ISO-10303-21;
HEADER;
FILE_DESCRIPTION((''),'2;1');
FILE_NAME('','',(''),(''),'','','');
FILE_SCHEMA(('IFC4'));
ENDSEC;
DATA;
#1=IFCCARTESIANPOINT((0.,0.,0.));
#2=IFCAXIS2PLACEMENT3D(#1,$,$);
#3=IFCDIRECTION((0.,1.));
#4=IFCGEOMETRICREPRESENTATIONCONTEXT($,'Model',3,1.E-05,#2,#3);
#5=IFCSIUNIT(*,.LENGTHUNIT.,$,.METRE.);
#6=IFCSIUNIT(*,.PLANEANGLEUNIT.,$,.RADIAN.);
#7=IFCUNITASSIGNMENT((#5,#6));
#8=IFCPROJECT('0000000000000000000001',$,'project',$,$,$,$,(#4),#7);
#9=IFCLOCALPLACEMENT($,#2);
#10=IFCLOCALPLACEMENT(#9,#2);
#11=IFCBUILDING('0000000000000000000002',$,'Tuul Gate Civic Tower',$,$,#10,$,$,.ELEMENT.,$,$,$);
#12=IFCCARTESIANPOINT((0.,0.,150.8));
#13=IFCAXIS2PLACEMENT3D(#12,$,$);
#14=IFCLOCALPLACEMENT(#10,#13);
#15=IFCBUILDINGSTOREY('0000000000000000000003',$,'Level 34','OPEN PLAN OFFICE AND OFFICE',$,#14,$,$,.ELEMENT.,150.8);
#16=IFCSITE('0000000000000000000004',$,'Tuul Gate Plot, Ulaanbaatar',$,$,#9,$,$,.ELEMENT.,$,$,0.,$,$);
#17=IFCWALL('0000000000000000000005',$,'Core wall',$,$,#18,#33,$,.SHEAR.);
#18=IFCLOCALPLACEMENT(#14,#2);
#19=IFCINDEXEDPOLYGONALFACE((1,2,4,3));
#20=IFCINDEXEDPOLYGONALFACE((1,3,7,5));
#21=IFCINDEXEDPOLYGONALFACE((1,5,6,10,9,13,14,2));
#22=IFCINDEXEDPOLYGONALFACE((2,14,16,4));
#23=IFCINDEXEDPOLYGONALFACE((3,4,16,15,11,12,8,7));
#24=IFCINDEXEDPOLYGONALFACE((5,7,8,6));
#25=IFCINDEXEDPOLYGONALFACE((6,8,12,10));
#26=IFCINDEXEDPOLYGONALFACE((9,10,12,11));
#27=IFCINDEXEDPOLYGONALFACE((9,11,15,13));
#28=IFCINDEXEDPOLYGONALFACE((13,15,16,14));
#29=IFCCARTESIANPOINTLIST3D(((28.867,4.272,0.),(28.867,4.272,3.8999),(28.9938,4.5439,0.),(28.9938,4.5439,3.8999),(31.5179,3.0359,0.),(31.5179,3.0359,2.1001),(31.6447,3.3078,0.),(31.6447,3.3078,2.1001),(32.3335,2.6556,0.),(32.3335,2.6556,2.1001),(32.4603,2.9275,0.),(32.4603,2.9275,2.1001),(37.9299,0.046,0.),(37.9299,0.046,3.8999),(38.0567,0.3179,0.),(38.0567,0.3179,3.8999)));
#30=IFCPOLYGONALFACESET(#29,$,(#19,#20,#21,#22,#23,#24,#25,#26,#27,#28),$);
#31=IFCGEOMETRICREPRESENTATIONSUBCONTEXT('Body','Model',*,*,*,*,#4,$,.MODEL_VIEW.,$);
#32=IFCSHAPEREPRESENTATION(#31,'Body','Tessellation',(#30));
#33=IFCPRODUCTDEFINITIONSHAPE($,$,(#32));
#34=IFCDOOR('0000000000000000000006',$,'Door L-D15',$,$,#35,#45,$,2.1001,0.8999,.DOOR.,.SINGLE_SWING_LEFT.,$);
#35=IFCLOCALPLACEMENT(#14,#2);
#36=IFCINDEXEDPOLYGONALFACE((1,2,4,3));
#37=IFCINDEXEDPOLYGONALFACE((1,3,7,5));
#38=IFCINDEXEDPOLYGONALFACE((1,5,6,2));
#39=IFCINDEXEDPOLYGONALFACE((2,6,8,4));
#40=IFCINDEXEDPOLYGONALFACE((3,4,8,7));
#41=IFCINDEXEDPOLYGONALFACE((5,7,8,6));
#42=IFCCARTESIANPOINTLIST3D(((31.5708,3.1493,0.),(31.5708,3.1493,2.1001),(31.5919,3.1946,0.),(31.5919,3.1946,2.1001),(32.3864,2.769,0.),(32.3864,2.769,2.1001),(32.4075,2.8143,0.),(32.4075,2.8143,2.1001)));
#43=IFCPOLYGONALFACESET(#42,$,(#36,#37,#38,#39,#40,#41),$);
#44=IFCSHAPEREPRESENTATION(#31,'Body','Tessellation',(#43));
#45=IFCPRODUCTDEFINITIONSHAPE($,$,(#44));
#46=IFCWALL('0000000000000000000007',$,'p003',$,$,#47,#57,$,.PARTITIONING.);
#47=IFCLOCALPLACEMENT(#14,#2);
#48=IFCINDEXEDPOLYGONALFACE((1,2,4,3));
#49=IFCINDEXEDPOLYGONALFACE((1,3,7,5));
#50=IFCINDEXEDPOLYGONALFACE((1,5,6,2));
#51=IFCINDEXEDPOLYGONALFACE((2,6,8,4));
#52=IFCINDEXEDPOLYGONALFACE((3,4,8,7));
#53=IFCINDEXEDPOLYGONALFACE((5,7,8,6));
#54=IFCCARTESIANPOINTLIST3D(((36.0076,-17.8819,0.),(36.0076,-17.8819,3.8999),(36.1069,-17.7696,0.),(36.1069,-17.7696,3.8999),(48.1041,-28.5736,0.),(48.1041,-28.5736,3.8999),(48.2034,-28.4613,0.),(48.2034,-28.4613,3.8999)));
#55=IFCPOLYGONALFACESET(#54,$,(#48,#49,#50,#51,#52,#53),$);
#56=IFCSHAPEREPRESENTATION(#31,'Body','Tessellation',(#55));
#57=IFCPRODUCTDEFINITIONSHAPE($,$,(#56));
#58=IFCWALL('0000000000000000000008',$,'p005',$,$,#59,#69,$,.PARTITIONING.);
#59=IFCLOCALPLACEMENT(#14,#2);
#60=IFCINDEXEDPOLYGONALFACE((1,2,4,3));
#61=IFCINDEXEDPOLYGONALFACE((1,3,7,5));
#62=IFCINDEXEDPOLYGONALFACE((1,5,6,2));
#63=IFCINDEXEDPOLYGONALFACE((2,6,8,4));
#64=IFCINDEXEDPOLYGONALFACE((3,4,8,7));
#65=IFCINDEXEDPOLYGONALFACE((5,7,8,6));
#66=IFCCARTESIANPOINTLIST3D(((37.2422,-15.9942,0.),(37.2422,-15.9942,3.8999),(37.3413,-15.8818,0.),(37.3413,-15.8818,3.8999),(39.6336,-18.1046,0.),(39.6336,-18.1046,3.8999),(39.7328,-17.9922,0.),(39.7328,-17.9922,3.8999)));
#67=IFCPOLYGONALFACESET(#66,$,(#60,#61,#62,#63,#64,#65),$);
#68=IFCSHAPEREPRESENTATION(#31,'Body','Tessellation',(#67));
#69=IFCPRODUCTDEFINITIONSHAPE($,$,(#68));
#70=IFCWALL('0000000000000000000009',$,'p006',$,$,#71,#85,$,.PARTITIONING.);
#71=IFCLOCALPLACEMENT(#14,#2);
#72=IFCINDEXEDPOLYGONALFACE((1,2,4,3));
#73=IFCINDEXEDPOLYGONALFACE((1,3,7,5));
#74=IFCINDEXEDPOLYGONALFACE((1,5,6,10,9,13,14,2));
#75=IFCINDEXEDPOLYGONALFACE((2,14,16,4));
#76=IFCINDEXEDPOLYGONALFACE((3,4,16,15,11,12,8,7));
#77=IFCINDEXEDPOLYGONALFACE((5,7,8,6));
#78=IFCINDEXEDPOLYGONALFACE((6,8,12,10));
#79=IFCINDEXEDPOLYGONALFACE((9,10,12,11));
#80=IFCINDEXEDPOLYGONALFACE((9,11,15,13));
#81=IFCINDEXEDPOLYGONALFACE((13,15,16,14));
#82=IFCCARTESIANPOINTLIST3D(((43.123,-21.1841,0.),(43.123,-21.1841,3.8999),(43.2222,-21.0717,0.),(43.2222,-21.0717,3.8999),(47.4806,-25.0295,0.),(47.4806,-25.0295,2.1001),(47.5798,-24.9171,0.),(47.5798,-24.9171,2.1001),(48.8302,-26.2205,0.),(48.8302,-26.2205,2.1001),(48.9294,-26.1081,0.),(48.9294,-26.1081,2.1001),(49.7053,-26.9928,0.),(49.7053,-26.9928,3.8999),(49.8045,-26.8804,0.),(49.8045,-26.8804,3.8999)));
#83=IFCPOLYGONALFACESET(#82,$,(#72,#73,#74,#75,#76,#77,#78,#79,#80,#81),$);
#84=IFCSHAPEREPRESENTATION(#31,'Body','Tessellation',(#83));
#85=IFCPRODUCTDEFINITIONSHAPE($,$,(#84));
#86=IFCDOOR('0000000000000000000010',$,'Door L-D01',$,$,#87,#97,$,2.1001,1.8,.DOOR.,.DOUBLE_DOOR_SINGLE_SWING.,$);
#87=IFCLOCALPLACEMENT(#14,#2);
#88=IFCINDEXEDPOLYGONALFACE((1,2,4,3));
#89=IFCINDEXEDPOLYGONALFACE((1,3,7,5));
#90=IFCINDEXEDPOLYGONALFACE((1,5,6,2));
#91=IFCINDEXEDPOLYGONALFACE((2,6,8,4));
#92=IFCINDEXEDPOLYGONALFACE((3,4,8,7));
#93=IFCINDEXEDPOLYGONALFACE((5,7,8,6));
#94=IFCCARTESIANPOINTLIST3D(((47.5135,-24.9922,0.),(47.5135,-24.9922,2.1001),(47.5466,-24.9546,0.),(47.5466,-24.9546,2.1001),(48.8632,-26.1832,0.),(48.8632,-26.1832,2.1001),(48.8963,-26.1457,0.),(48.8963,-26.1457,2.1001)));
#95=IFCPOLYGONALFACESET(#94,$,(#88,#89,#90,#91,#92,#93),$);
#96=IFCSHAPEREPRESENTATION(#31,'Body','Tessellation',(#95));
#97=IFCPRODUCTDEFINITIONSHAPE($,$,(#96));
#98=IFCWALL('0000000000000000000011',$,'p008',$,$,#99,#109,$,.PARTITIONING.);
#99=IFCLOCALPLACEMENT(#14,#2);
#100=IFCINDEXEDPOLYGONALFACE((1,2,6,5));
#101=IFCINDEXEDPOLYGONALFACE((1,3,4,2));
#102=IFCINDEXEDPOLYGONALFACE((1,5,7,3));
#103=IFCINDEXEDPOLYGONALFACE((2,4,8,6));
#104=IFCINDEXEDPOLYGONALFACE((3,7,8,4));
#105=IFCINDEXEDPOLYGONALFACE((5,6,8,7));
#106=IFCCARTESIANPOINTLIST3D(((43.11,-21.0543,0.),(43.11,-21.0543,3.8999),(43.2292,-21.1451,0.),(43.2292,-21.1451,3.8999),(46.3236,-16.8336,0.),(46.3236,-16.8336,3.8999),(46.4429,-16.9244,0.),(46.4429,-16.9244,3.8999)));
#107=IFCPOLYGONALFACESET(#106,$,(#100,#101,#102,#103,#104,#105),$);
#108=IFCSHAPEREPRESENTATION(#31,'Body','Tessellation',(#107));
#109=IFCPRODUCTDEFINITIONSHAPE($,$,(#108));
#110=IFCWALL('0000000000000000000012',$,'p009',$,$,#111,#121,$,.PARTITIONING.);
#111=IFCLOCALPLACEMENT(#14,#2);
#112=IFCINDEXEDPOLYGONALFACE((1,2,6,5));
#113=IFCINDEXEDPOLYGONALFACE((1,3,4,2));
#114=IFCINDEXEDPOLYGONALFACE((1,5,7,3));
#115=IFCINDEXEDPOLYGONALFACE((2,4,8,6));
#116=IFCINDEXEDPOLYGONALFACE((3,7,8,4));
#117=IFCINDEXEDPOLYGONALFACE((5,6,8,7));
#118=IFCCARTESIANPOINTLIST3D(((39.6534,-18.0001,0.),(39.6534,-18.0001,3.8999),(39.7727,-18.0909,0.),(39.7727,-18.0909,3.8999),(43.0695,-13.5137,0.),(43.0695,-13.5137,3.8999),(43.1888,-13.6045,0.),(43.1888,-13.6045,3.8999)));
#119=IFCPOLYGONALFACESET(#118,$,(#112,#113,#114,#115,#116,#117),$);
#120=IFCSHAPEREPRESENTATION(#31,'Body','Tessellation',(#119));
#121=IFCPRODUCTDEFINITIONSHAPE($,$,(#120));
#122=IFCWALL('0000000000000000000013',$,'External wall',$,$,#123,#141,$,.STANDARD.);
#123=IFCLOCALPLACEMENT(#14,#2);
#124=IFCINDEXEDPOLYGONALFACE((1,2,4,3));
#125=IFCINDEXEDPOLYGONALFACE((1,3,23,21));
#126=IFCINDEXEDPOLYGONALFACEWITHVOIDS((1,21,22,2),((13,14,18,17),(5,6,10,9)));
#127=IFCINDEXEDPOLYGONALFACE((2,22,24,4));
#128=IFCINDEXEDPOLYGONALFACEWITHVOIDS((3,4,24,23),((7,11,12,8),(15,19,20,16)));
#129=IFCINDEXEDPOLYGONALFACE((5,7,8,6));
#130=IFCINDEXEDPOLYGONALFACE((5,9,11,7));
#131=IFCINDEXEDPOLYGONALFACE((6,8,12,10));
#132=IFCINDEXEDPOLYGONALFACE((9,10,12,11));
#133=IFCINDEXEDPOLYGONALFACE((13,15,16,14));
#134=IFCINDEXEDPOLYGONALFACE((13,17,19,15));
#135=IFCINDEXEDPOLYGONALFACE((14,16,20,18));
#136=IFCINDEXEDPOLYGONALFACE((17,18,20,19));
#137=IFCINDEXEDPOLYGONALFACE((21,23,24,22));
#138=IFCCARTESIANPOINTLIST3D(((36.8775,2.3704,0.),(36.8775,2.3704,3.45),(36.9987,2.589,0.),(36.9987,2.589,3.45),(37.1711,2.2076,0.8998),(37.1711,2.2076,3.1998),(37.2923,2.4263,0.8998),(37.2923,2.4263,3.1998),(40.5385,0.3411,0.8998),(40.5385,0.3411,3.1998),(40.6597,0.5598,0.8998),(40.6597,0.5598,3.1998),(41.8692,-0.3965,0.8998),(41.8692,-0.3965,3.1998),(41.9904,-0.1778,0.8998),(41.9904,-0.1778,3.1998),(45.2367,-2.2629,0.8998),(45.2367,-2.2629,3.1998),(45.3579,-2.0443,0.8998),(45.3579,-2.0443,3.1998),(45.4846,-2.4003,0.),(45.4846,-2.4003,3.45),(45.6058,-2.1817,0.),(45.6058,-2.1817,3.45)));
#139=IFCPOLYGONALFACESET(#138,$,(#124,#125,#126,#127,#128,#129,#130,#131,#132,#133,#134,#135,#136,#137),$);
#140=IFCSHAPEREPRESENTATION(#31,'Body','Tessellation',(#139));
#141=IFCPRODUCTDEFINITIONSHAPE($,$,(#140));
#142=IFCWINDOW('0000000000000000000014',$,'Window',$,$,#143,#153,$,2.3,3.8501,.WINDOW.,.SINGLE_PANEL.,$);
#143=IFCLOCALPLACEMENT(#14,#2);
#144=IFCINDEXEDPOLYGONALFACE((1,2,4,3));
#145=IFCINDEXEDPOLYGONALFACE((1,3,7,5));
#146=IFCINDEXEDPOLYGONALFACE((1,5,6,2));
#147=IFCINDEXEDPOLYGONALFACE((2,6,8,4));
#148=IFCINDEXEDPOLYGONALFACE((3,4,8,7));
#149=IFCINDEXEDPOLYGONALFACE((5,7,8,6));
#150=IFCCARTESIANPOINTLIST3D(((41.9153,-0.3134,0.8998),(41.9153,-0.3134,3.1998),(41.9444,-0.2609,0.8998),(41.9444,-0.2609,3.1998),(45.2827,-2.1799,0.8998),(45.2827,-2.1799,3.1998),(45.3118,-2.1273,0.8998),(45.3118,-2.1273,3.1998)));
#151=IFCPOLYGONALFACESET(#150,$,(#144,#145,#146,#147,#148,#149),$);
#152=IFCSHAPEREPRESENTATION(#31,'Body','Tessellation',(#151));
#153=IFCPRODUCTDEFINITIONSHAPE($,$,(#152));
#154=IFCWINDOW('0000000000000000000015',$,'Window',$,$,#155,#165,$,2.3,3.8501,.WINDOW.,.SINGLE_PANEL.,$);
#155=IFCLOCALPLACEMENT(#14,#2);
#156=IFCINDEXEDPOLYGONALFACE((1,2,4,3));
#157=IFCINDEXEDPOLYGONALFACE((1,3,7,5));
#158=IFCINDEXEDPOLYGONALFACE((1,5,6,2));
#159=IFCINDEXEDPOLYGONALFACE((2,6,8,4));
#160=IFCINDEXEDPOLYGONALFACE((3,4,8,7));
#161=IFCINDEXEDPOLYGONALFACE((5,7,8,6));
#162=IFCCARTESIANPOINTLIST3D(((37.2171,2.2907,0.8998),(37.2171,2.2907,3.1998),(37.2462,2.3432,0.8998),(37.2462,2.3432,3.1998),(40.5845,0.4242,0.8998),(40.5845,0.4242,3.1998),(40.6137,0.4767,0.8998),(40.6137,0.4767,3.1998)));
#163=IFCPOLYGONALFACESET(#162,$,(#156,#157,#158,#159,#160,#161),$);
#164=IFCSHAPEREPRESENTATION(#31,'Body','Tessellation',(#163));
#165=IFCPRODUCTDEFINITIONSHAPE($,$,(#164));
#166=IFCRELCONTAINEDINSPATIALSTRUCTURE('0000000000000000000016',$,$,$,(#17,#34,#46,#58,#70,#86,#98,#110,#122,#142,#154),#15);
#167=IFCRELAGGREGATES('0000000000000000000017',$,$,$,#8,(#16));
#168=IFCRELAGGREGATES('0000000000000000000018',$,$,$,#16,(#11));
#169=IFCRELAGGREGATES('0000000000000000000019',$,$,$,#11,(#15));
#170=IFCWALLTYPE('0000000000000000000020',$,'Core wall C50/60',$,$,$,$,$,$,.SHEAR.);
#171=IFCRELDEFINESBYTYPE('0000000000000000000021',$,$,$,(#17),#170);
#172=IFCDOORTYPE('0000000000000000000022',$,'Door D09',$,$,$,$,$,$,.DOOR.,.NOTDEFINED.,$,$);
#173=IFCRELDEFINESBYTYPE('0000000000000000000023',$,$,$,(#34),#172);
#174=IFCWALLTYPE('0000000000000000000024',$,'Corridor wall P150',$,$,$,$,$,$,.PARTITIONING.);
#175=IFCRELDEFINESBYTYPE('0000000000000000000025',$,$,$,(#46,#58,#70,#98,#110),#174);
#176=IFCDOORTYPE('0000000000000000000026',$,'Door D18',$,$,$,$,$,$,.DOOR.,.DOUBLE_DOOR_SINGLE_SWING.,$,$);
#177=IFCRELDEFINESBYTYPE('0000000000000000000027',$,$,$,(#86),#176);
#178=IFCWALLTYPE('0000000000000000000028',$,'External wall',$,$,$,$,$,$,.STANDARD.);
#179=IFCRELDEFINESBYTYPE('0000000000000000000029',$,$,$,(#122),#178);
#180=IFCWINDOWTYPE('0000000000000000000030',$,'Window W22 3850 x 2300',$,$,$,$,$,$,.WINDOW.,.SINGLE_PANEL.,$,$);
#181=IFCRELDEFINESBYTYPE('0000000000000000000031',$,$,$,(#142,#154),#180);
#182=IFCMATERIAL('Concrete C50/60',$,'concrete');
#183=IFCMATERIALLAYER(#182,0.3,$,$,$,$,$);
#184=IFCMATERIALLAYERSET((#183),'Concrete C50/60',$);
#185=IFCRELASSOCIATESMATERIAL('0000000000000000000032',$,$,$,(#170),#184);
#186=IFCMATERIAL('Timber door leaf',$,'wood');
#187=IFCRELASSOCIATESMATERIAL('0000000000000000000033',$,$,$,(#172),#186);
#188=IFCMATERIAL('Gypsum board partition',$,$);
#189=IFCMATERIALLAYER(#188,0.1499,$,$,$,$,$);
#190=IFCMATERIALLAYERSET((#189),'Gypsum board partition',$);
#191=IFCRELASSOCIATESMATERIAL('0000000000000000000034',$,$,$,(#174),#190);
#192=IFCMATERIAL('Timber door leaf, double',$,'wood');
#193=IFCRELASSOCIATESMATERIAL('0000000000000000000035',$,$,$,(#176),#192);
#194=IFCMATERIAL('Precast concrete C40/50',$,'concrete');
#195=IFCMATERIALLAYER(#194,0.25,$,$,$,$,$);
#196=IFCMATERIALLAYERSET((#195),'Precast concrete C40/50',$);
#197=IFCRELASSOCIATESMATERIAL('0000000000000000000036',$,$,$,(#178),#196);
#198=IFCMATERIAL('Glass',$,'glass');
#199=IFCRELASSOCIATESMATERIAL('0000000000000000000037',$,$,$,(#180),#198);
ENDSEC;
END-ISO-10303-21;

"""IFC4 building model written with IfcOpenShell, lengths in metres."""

from ifc_helpers import new_model, si_unit, direction, frame, frame_2d, origin, place, context, subcontext, project, spatial, rectangle, extrude, material, layer, layer_set, type_object, element, fill, save


model = new_model("IFC4")

# Units and contexts
model_context = context("Model", 3, precision=1e-05, world=origin(), true_north=direction((0.0, 1.0)))
body_context = subcontext(model_context, "Body", "Model", "MODEL_VIEW")
ifc_project = project(units=[si_unit("LENGTHUNIT", "METRE"), si_unit("PLANEANGLEUNIT", "RADIAN")], contexts=[model_context])

# Site, building, storey
site_placement = place(None, origin())
site = spatial("IfcSite", under=ifc_project, at=site_placement, Name="Tuul Gate Plot, Ulaanbaatar", CompositionType="ELEMENT", RefElevation=0.0)
building_placement = place(site_placement, origin())
building = spatial("IfcBuilding", under=site, at=building_placement, Name="Tuul Gate Civic Tower", CompositionType="ELEMENT")
storey_placement = place(building_placement, frame((0.0, 0.0, 150.8)))
storey = spatial("IfcBuildingStorey", under=building, at=storey_placement, Name="Level 34", Description="OPEN PLAN OFFICE AND OFFICE", CompositionType="ELEMENT", Elevation=150.8)

# Shared definitions
ifc_material_1 = material(Name="Concrete C50/60", Category="concrete")
ifc_layer_1 = layer(ifc_material_1, 0.3)
ifc_layer_set_1 = layer_set([ifc_layer_1], Name="Concrete C50/60")
wall_type_1 = type_object("IfcWallType", Name="Core wall C50/60", PredefinedType="SHEAR", material=ifc_layer_set_1)

# Wall, opening, door
wall_1_placement = place(storey_placement, frame((37.9934, 0.1819, 0.0), z_axis=(0.0, 0.0, 1.0), x_axis=(-0.90631, 0.422613, 0.0)))
wall_1 = element("IfcWall", 1, at=wall_1_placement, inside=storey, type_object=wall_type_1, Name="Core wall", PredefinedType="SHEAR", context=body_context, shape_type="SweptSolid", body=[
    extrude(rectangle(XDim=9.9998, YDim=0.3, at=frame_2d((5.0, 0.0))), origin(), (0.0, 0.0, 1.0), 3.8999),
])
opening_1_placement = place(wall_1_placement, frame((6.175, 0.0, 0.0)))
opening_1 = element("IfcOpeningElement", 2, at=opening_1_placement, cuts=wall_1, PredefinedType="OPENING", context=body_context, shape_type="SweptSolid", body=[
    extrude(rectangle(XDim=0.8999, YDim=2.1001, at=frame_2d((0.45, 1.05))), frame((0.0, 0.1602, 0.0), z_axis=(0.0, -1.0, 0.0), x_axis=(1.0, 0.0, 0.0)), (0.0, 0.0, 1.0), 0.3201),
])
ifc_material_2 = material(Name="Timber door leaf", Category="wood")
door_type_1 = type_object("IfcDoorType", Name="Door D09", OperationType="NOTDEFINED", PredefinedType="DOOR", material=ifc_material_2)
door_1_placement = place(opening_1_placement, origin())
door_1 = element("IfcDoor", 3, at=door_1_placement, inside=storey, type_object=door_type_1, Name="Door L-D15", OperationType="SINGLE_SWING_LEFT", OverallHeight=2.1001, OverallWidth=0.8999, PredefinedType="DOOR", context=body_context, shape_type="SweptSolid", body=[
    extrude(rectangle(XDim=0.8999, YDim=2.1001, at=frame_2d((0.45, 1.05))), frame((0.0, 0.0249, 0.0), z_axis=(0.0, -1.0, 0.0), x_axis=(1.0, 0.0, 0.0)), (0.0, 0.0, 1.0), 0.05),
])
fill(opening_1, door_1)

# Walls
ifc_material_3 = material(Name="Gypsum board partition")
ifc_layer_2 = layer(ifc_material_3, 0.1499)
ifc_layer_set_2 = layer_set([ifc_layer_2], Name="Gypsum board partition")
wall_type_2 = type_object("IfcWallType", Name="Corridor wall P150", PredefinedType="PARTITIONING", material=ifc_layer_set_2)
wall_2_placement = place(storey_placement, frame((36.0571, -17.8257, 0.0), z_axis=(0.0, 0.0, 1.0), x_axis=(0.749274, -0.66226, 0.0)))
element("IfcWall", 4, at=wall_2_placement, inside=storey, type_object=wall_type_2, Name="p003", PredefinedType="PARTITIONING", context=body_context, shape_type="SweptSolid", body=[
    extrude(rectangle(XDim=16.1443, YDim=0.1499, at=frame_2d((8.0723, 0.0))), origin(), (0.0, 0.0, 1.0), 3.8999),
])
wall_3_placement = place(storey_placement, frame((37.2917, -15.938, 0.0), z_axis=(0.0, 0.0, 1.0), x_axis=(0.749786, -0.66168, 0.0)))
element("IfcWall", 5, at=wall_3_placement, inside=storey, type_object=wall_type_2, Name="p005", PredefinedType="PARTITIONING", context=body_context, shape_type="SweptSolid", body=[
    extrude(rectangle(XDim=3.1895, YDim=0.1499, at=frame_2d((1.5947, 0.0))), origin(), (0.0, 0.0, 1.0), 3.8999),
])

# Wall, opening, door
wall_4_placement = place(storey_placement, frame((43.1726, -21.1279, 0.0), z_axis=(0.0, 0.0, 1.0), x_axis=(0.749798, -0.661667, 0.0)))
wall_4 = element("IfcWall", 6, at=wall_4_placement, inside=storey, type_object=wall_type_2, Name="p006", PredefinedType="PARTITIONING", context=body_context, shape_type="SweptSolid", body=[
    extrude(rectangle(XDim=8.7788, YDim=0.1499, at=frame_2d((4.3894, 0.0))), origin(), (0.0, 0.0, 1.0), 3.8999),
])
opening_2_placement = place(wall_4_placement, frame((5.8118, 0.0, 0.0)))
opening_2 = element("IfcOpeningElement", 7, at=opening_2_placement, cuts=wall_4, PredefinedType="OPENING", context=body_context, shape_type="SweptSolid", body=[
    extrude(rectangle(XDim=1.8, YDim=2.1001, at=frame_2d((0.8999, 1.05))), frame((0.0, 0.085, 0.0), z_axis=(0.0, -1.0, 0.0), x_axis=(1.0, 0.0, 0.0)), (0.0, 0.0, 1.0), 0.1699),
])
ifc_material_4 = material(Name="Timber door leaf, double", Category="wood")
door_type_2 = type_object("IfcDoorType", Name="Door D18", OperationType="DOUBLE_DOOR_SINGLE_SWING", PredefinedType="DOOR", material=ifc_material_4)
door_2_placement = place(opening_2_placement, origin())
door_2 = element("IfcDoor", 8, at=door_2_placement, inside=storey, type_object=door_type_2, Name="Door L-D01", OperationType="DOUBLE_DOOR_SINGLE_SWING", OverallHeight=2.1001, OverallWidth=1.8, PredefinedType="DOOR", context=body_context, shape_type="SweptSolid", body=[
    extrude(rectangle(XDim=1.8, YDim=2.1001, at=frame_2d((0.8999, 1.05))), frame((0.0, 0.0249, 0.0), z_axis=(0.0, -1.0, 0.0), x_axis=(1.0, 0.0, 0.0)), (0.0, 0.0, 1.0), 0.05),
])
fill(opening_2, door_2)

# Walls
wall_5_placement = place(storey_placement, frame((43.1697, -21.0996, 0.0), z_axis=(0.0, 0.0, 1.0), x_axis=(0.605787, 0.795627, 0.0)))
element("IfcWall", 9, at=wall_5_placement, inside=storey, type_object=wall_type_2, Name="p008", PredefinedType="PARTITIONING", context=body_context, shape_type="SweptSolid", body=[
    extrude(rectangle(XDim=5.3049, YDim=0.1499, at=frame_2d((2.6523, 0.0))), origin(), (0.0, 0.0, 1.0), 3.8999),
])
wall_6_placement = place(storey_placement, frame((39.7131, -18.0454, 0.0), z_axis=(0.0, 0.0, 1.0), x_axis=(0.605803, 0.795615, 0.0)))
element("IfcWall", 10, at=wall_6_placement, inside=storey, type_object=wall_type_2, Name="p009", PredefinedType="PARTITIONING", context=body_context, shape_type="SweptSolid", body=[
    extrude(rectangle(XDim=5.6389, YDim=0.1499, at=frame_2d((2.8193, 0.0))), origin(), (0.0, 0.0, 1.0), 3.8999),
])

# Wall, openings, windows
ifc_material_5 = material(Name="Precast concrete C40/50", Category="concrete")
ifc_layer_3 = layer(ifc_material_5, 0.25)
ifc_layer_set_3 = layer_set([ifc_layer_3], Name="Precast concrete C40/50")
wall_type_3 = type_object("IfcWallType", Name="External wall", PredefinedType="STANDARD", material=ifc_layer_set_3)
wall_7_placement = place(storey_placement, frame((45.5452, -2.291, 0.0), z_axis=(0.0, 0.0, 1.0), x_axis=(-0.874632, 0.484787, 0.0)))
wall_7 = element("IfcWall", 11, at=wall_7_placement, inside=storey, type_object=wall_type_3, Name="External wall", PredefinedType="STANDARD", context=body_context, shape_type="SweptSolid", body=[
    extrude(rectangle(XDim=9.8408, YDim=0.25, at=frame_2d((4.9204, 0.0))), origin(), (0.0, 0.0, 1.0), 3.45),
])
opening_3_placement = place(wall_7_placement, frame((0.2834, 0.0, 0.8999)))
opening_3 = element("IfcOpeningElement", 12, at=opening_3_placement, cuts=wall_7, PredefinedType="OPENING", context=body_context, shape_type="SweptSolid", body=[
    extrude(rectangle(XDim=3.8501, YDim=2.3, at=frame_2d((1.925, 1.1499))), frame((0.0, 0.135, 0.0), z_axis=(0.0, -1.0, 0.0), x_axis=(1.0, 0.0, 0.0)), (0.0, 0.0, 1.0), 0.27),
])
opening_4_placement = place(wall_7_placement, frame((5.655, 0.0, 0.8999)))
opening_4 = element("IfcOpeningElement", 13, at=opening_4_placement, cuts=wall_7, PredefinedType="OPENING", context=body_context, shape_type="SweptSolid", body=[
    extrude(rectangle(XDim=3.8501, YDim=2.3, at=frame_2d((1.925, 1.1499))), frame((0.0, 0.135, 0.0), z_axis=(0.0, -1.0, 0.0), x_axis=(1.0, 0.0, 0.0)), (0.0, 0.0, 1.0), 0.27),
])
ifc_material_6 = material(Name="Glass", Category="glass")
window_type = type_object("IfcWindowType", Name="Window W22 3850 x 2300", PartitioningType="SINGLE_PANEL", PredefinedType="WINDOW", material=ifc_material_6)
window_1_placement = place(opening_3_placement, origin())
window_1 = element("IfcWindow", 14, at=window_1_placement, inside=storey, type_object=window_type, Name="Window", OverallHeight=2.3, OverallWidth=3.8501, PartitioningType="SINGLE_PANEL", PredefinedType="WINDOW", context=body_context, shape_type="SweptSolid", body=[
    extrude(rectangle(XDim=3.8501, YDim=2.3, at=frame_2d((1.925, 1.1499))), frame((0.0, 0.03, 0.0), z_axis=(0.0, -1.0, 0.0), x_axis=(1.0, 0.0, 0.0)), (0.0, 0.0, 1.0), 0.0601),
])
fill(opening_3, window_1)
window_2_placement = place(opening_4_placement, origin())
window_2 = element("IfcWindow", 15, at=window_2_placement, inside=storey, type_object=window_type, Name="Window", OverallHeight=2.3, OverallWidth=3.8501, PartitioningType="SINGLE_PANEL", PredefinedType="WINDOW", context=body_context, shape_type="SweptSolid", body=[
    extrude(rectangle(XDim=3.8501, YDim=2.3, at=frame_2d((1.925, 1.1499))), frame((0.0, 0.03, 0.0), z_axis=(0.0, -1.0, 0.0), x_axis=(1.0, 0.0, 0.0)), (0.0, 0.0, 1.0), 0.0601),
])
fill(opening_4, window_2)

save(model, "model.ifc")
